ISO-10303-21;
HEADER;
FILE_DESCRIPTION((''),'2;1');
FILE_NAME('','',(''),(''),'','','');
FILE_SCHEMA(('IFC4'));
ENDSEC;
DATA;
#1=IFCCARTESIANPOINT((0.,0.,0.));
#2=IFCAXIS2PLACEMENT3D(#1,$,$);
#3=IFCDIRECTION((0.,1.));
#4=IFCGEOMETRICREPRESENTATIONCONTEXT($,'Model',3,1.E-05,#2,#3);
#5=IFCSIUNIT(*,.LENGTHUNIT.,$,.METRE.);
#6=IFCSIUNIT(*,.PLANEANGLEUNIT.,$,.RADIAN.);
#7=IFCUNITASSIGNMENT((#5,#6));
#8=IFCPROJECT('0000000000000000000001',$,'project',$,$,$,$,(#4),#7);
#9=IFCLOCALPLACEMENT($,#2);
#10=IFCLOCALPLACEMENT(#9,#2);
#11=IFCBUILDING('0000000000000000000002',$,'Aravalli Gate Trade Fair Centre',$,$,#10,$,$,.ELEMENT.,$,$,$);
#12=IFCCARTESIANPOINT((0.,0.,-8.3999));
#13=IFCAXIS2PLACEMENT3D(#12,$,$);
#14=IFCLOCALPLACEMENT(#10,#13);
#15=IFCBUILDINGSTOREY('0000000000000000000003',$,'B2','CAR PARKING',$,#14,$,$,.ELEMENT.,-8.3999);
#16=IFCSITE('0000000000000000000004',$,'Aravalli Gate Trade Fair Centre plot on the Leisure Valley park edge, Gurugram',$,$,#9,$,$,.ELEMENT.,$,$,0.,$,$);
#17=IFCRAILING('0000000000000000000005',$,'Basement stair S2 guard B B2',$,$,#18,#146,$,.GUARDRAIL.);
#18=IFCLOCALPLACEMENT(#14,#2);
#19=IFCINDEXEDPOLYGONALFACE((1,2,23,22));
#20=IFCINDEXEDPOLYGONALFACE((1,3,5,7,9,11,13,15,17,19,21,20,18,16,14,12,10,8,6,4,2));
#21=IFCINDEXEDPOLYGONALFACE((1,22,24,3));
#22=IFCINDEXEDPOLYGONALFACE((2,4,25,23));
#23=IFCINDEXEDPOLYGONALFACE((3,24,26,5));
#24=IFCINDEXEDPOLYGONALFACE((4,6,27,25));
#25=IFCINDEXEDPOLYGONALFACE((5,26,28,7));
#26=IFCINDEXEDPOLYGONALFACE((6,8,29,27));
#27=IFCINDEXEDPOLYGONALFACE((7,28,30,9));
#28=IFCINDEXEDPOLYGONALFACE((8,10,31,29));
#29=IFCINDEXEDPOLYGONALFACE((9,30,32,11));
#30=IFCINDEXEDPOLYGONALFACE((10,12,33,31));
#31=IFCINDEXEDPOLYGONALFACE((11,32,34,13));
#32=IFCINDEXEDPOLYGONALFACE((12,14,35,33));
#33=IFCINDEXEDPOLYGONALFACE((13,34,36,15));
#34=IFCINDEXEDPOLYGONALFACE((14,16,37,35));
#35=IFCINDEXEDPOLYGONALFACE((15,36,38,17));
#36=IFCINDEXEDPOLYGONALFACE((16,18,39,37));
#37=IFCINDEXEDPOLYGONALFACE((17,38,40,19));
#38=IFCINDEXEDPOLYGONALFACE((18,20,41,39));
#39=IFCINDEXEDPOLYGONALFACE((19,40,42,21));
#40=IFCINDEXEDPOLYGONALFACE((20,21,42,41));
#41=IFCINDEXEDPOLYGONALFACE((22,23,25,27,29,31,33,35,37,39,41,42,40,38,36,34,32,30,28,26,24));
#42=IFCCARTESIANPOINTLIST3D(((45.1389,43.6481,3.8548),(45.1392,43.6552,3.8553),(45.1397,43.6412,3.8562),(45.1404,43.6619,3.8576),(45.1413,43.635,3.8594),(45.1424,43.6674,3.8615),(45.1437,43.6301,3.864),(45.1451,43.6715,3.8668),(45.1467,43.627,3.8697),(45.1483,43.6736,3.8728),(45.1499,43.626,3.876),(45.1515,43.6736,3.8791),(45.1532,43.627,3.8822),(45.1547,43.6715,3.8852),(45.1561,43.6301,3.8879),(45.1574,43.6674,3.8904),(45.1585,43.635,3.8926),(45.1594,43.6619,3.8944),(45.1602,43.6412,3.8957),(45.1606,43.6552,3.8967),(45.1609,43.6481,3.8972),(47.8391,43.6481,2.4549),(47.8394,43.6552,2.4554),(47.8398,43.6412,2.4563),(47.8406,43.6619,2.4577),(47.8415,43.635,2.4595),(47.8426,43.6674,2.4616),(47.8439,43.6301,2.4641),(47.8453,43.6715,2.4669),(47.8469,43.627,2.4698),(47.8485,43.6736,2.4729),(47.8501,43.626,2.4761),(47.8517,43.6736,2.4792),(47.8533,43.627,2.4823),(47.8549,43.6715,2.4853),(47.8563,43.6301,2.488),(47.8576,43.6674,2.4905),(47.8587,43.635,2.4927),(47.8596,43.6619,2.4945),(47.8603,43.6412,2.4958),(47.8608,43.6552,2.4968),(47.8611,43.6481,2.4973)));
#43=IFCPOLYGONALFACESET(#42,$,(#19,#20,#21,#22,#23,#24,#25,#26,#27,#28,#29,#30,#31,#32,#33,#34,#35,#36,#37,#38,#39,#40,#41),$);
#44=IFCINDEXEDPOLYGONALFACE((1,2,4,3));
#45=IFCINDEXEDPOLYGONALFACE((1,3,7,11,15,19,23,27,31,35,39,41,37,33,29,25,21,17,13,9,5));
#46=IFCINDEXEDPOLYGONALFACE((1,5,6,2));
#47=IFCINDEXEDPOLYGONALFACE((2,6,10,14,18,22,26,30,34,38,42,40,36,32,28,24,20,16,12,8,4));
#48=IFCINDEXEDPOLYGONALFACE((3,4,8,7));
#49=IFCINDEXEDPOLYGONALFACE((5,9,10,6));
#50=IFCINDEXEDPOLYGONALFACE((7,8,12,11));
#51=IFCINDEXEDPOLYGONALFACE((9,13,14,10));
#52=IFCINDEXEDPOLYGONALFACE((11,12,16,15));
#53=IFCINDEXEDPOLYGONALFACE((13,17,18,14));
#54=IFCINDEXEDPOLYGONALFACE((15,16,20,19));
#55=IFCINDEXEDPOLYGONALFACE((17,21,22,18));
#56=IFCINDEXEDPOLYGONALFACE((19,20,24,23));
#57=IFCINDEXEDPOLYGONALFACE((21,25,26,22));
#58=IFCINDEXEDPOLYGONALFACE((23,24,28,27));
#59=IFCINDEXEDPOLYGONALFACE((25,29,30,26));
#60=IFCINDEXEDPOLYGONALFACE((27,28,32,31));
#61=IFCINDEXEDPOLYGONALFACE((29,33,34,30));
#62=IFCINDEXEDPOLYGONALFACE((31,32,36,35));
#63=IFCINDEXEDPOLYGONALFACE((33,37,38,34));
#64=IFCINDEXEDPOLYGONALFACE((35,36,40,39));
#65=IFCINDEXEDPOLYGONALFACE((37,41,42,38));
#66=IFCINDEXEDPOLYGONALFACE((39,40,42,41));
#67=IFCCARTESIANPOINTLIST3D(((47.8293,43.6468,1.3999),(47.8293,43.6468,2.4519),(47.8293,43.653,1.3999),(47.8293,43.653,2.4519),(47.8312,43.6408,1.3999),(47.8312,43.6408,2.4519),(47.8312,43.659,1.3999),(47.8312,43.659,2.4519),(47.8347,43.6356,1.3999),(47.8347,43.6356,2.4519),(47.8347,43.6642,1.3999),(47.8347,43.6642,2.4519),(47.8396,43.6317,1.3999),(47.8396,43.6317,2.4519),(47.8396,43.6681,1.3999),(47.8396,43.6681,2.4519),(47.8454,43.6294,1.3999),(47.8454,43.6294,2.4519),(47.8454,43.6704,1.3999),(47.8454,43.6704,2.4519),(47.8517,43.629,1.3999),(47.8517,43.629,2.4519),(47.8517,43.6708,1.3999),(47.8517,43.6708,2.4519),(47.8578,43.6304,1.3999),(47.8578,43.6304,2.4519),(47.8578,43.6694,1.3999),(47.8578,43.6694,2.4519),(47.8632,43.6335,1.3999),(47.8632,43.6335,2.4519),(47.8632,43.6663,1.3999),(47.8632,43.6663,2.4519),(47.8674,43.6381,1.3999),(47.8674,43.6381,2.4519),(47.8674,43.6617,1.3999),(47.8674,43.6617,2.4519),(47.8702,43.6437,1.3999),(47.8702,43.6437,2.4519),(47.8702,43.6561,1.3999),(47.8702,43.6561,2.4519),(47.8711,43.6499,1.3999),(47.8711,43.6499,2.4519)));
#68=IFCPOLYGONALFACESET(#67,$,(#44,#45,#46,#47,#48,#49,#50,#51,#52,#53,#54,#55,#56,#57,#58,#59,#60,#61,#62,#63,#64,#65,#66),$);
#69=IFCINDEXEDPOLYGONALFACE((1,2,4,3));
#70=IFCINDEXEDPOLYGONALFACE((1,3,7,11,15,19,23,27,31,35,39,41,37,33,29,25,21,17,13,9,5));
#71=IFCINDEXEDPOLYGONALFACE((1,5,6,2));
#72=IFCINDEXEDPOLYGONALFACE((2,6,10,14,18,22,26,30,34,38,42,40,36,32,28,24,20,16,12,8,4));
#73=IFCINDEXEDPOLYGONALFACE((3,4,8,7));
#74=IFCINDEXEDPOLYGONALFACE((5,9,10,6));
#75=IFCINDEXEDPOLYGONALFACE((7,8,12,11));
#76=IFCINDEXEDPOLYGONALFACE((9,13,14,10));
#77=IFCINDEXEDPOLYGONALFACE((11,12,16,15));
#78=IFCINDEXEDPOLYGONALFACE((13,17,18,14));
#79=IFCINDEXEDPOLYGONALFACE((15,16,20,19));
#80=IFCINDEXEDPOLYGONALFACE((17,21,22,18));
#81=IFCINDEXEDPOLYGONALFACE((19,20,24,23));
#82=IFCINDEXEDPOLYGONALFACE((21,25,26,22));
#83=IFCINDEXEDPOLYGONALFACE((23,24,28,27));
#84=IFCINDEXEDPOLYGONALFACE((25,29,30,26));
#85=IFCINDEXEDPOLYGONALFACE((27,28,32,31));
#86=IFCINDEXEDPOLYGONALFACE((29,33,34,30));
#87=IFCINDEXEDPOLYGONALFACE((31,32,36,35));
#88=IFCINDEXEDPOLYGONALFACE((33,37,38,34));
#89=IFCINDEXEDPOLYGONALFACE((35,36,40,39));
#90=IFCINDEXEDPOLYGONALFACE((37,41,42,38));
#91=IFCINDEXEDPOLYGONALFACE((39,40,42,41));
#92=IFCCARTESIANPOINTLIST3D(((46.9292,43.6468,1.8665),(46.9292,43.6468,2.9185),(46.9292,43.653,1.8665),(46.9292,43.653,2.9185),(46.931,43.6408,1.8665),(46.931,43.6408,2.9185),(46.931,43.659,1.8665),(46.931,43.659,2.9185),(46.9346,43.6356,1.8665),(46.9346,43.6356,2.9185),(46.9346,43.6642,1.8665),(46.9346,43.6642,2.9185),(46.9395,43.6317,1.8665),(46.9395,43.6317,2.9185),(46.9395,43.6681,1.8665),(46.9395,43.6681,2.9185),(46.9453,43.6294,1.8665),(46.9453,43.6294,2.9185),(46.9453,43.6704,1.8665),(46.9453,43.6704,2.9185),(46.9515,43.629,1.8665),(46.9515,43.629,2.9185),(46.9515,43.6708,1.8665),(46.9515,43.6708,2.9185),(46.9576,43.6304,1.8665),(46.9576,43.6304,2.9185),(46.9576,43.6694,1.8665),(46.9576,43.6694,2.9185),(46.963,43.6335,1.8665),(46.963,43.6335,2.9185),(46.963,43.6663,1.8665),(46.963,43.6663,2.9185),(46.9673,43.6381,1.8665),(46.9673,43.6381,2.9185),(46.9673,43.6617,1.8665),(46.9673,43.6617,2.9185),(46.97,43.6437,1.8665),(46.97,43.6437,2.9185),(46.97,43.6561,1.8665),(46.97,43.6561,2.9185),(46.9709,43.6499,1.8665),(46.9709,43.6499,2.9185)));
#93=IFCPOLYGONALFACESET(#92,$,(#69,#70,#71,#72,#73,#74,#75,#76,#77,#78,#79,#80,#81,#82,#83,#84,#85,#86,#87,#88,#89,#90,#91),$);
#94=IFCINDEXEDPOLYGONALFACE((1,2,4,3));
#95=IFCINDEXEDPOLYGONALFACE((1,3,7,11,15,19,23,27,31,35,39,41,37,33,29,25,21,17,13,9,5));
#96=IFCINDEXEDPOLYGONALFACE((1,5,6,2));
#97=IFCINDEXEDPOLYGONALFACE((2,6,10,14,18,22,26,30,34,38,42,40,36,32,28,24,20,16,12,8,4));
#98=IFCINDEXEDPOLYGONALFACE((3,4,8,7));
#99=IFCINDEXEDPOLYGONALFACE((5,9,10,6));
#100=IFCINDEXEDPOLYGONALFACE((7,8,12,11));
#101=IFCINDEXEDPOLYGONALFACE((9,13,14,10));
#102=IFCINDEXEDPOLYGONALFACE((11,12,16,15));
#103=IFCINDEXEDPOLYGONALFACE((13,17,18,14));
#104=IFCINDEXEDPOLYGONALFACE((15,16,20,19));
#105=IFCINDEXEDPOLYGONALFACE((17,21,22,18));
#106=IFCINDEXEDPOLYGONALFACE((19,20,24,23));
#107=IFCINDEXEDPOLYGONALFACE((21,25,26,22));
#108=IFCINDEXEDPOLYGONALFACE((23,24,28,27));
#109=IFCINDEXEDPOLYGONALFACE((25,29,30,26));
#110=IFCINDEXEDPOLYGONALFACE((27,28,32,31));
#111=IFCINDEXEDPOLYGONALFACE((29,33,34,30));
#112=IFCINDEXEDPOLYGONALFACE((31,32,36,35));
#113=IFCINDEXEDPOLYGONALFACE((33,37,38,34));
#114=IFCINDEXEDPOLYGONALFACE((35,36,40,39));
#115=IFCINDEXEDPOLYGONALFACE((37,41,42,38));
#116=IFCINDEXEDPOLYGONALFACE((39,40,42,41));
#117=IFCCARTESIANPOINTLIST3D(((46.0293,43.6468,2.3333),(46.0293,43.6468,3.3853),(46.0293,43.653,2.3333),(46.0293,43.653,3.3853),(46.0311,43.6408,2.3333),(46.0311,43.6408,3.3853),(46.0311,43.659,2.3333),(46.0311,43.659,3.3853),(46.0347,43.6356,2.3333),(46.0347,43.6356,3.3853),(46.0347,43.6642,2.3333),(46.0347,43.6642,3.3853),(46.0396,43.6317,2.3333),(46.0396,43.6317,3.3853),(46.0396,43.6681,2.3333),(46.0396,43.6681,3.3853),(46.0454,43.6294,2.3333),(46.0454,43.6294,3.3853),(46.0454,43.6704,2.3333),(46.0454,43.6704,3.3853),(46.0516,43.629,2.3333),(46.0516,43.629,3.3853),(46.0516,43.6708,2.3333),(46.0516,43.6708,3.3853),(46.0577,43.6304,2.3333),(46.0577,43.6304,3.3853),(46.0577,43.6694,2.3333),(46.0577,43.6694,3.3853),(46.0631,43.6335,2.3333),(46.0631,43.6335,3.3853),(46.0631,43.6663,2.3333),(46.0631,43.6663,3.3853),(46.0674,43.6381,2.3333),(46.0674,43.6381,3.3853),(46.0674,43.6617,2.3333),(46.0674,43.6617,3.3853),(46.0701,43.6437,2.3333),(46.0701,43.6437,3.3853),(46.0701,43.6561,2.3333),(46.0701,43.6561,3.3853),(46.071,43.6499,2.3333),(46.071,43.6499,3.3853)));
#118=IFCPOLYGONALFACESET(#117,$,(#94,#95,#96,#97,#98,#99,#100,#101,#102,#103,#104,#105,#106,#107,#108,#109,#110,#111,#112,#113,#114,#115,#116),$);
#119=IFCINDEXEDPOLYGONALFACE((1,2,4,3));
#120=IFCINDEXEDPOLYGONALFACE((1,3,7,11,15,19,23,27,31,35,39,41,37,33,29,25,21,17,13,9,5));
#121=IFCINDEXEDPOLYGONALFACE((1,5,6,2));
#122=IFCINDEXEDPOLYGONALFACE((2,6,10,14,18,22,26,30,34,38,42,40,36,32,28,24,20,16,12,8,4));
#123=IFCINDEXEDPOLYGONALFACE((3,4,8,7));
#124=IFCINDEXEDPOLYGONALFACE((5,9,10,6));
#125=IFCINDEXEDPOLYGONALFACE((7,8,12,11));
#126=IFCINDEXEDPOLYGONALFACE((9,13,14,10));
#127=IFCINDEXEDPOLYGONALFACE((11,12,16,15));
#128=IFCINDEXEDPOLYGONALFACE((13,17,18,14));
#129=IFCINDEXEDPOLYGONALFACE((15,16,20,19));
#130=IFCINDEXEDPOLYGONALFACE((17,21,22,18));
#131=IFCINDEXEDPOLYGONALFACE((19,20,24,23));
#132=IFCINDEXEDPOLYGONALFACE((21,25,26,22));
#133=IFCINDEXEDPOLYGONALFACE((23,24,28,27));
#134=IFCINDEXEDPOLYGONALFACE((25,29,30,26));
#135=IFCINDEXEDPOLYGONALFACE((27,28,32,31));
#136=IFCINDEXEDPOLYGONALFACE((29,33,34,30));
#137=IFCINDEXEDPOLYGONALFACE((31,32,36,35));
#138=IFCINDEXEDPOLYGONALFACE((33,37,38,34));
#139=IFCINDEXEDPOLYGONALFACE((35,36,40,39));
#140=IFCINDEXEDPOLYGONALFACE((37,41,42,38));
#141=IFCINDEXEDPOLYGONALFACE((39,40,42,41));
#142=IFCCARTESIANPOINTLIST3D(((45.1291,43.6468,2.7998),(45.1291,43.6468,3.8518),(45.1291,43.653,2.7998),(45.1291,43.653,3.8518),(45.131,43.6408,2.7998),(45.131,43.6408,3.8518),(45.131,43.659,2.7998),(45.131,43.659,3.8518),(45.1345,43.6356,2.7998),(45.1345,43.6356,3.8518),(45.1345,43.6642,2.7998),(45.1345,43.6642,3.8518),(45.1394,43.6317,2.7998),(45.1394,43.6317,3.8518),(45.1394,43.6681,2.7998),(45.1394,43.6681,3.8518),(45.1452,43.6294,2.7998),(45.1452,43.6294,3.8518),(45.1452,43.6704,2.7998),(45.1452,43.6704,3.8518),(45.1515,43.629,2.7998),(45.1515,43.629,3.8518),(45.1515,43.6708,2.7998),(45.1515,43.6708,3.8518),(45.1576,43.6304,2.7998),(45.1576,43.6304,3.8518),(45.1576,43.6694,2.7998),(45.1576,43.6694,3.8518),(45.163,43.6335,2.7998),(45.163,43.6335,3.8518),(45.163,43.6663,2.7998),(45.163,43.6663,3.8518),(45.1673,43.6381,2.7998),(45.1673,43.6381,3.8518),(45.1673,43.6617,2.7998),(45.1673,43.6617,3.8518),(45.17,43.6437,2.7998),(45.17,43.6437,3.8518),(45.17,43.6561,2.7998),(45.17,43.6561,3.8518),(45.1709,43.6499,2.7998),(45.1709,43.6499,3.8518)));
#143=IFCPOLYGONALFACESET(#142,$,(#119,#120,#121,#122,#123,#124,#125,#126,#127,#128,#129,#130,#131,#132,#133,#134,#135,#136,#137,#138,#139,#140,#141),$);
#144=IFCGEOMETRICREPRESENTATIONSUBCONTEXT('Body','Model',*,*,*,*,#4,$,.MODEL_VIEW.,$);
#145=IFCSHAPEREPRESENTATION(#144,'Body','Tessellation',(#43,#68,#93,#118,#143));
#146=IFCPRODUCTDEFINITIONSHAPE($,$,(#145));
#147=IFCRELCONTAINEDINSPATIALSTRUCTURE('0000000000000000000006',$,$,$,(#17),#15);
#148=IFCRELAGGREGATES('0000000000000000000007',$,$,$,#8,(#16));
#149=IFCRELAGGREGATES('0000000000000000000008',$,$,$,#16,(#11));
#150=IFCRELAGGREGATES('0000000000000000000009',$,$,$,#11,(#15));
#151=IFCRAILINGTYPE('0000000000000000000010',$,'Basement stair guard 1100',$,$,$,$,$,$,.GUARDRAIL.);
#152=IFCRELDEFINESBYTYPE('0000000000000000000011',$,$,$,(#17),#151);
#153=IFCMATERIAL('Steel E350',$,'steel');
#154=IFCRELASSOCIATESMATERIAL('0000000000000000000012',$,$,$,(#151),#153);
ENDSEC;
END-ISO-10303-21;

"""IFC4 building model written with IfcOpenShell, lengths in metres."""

from ifc_helpers import new_model, si_unit, direction, frame, origin, origin_2d, place, context, subcontext, project, spatial, circle, extrude, material, type_object, element, save


model = new_model("IFC4")

# Units and contexts
model_context = context("Model", 3, precision=1e-05, world=origin(), true_north=direction((0.0, 1.0)))
body_context = subcontext(model_context, "Body", "Model", "MODEL_VIEW")
ifc_project = project(units=[si_unit("LENGTHUNIT", "METRE"), si_unit("PLANEANGLEUNIT", "RADIAN")], contexts=[model_context])

# Site, building, storey
site_placement = place(None, origin())
site = spatial("IfcSite", under=ifc_project, at=site_placement, Name="Aravalli Gate Trade Fair Centre plot on the Leisure Valley park edge, Gurugram", CompositionType="ELEMENT", RefElevation=0.0)
building_placement = place(site_placement, origin())
building = spatial("IfcBuilding", under=site, at=building_placement, Name="Aravalli Gate Trade Fair Centre", CompositionType="ELEMENT")
storey_placement = place(building_placement, frame((0.0, 0.0, -8.3999)))
storey = spatial("IfcBuildingStorey", under=building, at=storey_placement, Name="B2", Description="CAR PARKING", CompositionType="ELEMENT", Elevation=-8.3999)

# Railing
ifc_material_1 = material(Name="Steel E350", Category="steel")
railing_type_1 = type_object("IfcRailingType", Name="Basement stair guard 1100", PredefinedType="GUARDRAIL", material=ifc_material_1)
railing_1_placement = place(storey_placement, frame((47.8501, 43.6499, 1.3999)))
element("IfcRailing", 1, at=railing_1_placement, inside=storey, type_object=railing_type_1, Name="Basement stair S2 guard B B2", PredefinedType="GUARDRAIL", context=body_context, shape_type="SweptSolid", body=[
    extrude(circle(Radius=0.0239, at=origin_2d()), frame((0.0, 0.0, 1.0762), z_axis=(-0.887781, 0.0, 0.460266), x_axis=(0.0, -1.0, 0.0)), (0.0, 0.0, 1.0), 3.0415),
    extrude(circle(Radius=0.021, at=origin_2d()), origin(), (0.0, 0.0, 1.0), 1.052),
    extrude(circle(Radius=0.021, at=origin_2d()), frame((-0.9001, 0.0, 0.4666)), (0.0, 0.0, 1.0), 1.052),
    extrude(circle(Radius=0.021, at=origin_2d()), frame((-1.8, 0.0, 0.9333)), (0.0, 0.0, 1.0), 1.052),
    extrude(circle(Radius=0.021, at=origin_2d()), frame((-2.7002, 0.0, 1.3999)), (0.0, 0.0, 1.0), 1.052),
])

save(model, "model.ifc")
